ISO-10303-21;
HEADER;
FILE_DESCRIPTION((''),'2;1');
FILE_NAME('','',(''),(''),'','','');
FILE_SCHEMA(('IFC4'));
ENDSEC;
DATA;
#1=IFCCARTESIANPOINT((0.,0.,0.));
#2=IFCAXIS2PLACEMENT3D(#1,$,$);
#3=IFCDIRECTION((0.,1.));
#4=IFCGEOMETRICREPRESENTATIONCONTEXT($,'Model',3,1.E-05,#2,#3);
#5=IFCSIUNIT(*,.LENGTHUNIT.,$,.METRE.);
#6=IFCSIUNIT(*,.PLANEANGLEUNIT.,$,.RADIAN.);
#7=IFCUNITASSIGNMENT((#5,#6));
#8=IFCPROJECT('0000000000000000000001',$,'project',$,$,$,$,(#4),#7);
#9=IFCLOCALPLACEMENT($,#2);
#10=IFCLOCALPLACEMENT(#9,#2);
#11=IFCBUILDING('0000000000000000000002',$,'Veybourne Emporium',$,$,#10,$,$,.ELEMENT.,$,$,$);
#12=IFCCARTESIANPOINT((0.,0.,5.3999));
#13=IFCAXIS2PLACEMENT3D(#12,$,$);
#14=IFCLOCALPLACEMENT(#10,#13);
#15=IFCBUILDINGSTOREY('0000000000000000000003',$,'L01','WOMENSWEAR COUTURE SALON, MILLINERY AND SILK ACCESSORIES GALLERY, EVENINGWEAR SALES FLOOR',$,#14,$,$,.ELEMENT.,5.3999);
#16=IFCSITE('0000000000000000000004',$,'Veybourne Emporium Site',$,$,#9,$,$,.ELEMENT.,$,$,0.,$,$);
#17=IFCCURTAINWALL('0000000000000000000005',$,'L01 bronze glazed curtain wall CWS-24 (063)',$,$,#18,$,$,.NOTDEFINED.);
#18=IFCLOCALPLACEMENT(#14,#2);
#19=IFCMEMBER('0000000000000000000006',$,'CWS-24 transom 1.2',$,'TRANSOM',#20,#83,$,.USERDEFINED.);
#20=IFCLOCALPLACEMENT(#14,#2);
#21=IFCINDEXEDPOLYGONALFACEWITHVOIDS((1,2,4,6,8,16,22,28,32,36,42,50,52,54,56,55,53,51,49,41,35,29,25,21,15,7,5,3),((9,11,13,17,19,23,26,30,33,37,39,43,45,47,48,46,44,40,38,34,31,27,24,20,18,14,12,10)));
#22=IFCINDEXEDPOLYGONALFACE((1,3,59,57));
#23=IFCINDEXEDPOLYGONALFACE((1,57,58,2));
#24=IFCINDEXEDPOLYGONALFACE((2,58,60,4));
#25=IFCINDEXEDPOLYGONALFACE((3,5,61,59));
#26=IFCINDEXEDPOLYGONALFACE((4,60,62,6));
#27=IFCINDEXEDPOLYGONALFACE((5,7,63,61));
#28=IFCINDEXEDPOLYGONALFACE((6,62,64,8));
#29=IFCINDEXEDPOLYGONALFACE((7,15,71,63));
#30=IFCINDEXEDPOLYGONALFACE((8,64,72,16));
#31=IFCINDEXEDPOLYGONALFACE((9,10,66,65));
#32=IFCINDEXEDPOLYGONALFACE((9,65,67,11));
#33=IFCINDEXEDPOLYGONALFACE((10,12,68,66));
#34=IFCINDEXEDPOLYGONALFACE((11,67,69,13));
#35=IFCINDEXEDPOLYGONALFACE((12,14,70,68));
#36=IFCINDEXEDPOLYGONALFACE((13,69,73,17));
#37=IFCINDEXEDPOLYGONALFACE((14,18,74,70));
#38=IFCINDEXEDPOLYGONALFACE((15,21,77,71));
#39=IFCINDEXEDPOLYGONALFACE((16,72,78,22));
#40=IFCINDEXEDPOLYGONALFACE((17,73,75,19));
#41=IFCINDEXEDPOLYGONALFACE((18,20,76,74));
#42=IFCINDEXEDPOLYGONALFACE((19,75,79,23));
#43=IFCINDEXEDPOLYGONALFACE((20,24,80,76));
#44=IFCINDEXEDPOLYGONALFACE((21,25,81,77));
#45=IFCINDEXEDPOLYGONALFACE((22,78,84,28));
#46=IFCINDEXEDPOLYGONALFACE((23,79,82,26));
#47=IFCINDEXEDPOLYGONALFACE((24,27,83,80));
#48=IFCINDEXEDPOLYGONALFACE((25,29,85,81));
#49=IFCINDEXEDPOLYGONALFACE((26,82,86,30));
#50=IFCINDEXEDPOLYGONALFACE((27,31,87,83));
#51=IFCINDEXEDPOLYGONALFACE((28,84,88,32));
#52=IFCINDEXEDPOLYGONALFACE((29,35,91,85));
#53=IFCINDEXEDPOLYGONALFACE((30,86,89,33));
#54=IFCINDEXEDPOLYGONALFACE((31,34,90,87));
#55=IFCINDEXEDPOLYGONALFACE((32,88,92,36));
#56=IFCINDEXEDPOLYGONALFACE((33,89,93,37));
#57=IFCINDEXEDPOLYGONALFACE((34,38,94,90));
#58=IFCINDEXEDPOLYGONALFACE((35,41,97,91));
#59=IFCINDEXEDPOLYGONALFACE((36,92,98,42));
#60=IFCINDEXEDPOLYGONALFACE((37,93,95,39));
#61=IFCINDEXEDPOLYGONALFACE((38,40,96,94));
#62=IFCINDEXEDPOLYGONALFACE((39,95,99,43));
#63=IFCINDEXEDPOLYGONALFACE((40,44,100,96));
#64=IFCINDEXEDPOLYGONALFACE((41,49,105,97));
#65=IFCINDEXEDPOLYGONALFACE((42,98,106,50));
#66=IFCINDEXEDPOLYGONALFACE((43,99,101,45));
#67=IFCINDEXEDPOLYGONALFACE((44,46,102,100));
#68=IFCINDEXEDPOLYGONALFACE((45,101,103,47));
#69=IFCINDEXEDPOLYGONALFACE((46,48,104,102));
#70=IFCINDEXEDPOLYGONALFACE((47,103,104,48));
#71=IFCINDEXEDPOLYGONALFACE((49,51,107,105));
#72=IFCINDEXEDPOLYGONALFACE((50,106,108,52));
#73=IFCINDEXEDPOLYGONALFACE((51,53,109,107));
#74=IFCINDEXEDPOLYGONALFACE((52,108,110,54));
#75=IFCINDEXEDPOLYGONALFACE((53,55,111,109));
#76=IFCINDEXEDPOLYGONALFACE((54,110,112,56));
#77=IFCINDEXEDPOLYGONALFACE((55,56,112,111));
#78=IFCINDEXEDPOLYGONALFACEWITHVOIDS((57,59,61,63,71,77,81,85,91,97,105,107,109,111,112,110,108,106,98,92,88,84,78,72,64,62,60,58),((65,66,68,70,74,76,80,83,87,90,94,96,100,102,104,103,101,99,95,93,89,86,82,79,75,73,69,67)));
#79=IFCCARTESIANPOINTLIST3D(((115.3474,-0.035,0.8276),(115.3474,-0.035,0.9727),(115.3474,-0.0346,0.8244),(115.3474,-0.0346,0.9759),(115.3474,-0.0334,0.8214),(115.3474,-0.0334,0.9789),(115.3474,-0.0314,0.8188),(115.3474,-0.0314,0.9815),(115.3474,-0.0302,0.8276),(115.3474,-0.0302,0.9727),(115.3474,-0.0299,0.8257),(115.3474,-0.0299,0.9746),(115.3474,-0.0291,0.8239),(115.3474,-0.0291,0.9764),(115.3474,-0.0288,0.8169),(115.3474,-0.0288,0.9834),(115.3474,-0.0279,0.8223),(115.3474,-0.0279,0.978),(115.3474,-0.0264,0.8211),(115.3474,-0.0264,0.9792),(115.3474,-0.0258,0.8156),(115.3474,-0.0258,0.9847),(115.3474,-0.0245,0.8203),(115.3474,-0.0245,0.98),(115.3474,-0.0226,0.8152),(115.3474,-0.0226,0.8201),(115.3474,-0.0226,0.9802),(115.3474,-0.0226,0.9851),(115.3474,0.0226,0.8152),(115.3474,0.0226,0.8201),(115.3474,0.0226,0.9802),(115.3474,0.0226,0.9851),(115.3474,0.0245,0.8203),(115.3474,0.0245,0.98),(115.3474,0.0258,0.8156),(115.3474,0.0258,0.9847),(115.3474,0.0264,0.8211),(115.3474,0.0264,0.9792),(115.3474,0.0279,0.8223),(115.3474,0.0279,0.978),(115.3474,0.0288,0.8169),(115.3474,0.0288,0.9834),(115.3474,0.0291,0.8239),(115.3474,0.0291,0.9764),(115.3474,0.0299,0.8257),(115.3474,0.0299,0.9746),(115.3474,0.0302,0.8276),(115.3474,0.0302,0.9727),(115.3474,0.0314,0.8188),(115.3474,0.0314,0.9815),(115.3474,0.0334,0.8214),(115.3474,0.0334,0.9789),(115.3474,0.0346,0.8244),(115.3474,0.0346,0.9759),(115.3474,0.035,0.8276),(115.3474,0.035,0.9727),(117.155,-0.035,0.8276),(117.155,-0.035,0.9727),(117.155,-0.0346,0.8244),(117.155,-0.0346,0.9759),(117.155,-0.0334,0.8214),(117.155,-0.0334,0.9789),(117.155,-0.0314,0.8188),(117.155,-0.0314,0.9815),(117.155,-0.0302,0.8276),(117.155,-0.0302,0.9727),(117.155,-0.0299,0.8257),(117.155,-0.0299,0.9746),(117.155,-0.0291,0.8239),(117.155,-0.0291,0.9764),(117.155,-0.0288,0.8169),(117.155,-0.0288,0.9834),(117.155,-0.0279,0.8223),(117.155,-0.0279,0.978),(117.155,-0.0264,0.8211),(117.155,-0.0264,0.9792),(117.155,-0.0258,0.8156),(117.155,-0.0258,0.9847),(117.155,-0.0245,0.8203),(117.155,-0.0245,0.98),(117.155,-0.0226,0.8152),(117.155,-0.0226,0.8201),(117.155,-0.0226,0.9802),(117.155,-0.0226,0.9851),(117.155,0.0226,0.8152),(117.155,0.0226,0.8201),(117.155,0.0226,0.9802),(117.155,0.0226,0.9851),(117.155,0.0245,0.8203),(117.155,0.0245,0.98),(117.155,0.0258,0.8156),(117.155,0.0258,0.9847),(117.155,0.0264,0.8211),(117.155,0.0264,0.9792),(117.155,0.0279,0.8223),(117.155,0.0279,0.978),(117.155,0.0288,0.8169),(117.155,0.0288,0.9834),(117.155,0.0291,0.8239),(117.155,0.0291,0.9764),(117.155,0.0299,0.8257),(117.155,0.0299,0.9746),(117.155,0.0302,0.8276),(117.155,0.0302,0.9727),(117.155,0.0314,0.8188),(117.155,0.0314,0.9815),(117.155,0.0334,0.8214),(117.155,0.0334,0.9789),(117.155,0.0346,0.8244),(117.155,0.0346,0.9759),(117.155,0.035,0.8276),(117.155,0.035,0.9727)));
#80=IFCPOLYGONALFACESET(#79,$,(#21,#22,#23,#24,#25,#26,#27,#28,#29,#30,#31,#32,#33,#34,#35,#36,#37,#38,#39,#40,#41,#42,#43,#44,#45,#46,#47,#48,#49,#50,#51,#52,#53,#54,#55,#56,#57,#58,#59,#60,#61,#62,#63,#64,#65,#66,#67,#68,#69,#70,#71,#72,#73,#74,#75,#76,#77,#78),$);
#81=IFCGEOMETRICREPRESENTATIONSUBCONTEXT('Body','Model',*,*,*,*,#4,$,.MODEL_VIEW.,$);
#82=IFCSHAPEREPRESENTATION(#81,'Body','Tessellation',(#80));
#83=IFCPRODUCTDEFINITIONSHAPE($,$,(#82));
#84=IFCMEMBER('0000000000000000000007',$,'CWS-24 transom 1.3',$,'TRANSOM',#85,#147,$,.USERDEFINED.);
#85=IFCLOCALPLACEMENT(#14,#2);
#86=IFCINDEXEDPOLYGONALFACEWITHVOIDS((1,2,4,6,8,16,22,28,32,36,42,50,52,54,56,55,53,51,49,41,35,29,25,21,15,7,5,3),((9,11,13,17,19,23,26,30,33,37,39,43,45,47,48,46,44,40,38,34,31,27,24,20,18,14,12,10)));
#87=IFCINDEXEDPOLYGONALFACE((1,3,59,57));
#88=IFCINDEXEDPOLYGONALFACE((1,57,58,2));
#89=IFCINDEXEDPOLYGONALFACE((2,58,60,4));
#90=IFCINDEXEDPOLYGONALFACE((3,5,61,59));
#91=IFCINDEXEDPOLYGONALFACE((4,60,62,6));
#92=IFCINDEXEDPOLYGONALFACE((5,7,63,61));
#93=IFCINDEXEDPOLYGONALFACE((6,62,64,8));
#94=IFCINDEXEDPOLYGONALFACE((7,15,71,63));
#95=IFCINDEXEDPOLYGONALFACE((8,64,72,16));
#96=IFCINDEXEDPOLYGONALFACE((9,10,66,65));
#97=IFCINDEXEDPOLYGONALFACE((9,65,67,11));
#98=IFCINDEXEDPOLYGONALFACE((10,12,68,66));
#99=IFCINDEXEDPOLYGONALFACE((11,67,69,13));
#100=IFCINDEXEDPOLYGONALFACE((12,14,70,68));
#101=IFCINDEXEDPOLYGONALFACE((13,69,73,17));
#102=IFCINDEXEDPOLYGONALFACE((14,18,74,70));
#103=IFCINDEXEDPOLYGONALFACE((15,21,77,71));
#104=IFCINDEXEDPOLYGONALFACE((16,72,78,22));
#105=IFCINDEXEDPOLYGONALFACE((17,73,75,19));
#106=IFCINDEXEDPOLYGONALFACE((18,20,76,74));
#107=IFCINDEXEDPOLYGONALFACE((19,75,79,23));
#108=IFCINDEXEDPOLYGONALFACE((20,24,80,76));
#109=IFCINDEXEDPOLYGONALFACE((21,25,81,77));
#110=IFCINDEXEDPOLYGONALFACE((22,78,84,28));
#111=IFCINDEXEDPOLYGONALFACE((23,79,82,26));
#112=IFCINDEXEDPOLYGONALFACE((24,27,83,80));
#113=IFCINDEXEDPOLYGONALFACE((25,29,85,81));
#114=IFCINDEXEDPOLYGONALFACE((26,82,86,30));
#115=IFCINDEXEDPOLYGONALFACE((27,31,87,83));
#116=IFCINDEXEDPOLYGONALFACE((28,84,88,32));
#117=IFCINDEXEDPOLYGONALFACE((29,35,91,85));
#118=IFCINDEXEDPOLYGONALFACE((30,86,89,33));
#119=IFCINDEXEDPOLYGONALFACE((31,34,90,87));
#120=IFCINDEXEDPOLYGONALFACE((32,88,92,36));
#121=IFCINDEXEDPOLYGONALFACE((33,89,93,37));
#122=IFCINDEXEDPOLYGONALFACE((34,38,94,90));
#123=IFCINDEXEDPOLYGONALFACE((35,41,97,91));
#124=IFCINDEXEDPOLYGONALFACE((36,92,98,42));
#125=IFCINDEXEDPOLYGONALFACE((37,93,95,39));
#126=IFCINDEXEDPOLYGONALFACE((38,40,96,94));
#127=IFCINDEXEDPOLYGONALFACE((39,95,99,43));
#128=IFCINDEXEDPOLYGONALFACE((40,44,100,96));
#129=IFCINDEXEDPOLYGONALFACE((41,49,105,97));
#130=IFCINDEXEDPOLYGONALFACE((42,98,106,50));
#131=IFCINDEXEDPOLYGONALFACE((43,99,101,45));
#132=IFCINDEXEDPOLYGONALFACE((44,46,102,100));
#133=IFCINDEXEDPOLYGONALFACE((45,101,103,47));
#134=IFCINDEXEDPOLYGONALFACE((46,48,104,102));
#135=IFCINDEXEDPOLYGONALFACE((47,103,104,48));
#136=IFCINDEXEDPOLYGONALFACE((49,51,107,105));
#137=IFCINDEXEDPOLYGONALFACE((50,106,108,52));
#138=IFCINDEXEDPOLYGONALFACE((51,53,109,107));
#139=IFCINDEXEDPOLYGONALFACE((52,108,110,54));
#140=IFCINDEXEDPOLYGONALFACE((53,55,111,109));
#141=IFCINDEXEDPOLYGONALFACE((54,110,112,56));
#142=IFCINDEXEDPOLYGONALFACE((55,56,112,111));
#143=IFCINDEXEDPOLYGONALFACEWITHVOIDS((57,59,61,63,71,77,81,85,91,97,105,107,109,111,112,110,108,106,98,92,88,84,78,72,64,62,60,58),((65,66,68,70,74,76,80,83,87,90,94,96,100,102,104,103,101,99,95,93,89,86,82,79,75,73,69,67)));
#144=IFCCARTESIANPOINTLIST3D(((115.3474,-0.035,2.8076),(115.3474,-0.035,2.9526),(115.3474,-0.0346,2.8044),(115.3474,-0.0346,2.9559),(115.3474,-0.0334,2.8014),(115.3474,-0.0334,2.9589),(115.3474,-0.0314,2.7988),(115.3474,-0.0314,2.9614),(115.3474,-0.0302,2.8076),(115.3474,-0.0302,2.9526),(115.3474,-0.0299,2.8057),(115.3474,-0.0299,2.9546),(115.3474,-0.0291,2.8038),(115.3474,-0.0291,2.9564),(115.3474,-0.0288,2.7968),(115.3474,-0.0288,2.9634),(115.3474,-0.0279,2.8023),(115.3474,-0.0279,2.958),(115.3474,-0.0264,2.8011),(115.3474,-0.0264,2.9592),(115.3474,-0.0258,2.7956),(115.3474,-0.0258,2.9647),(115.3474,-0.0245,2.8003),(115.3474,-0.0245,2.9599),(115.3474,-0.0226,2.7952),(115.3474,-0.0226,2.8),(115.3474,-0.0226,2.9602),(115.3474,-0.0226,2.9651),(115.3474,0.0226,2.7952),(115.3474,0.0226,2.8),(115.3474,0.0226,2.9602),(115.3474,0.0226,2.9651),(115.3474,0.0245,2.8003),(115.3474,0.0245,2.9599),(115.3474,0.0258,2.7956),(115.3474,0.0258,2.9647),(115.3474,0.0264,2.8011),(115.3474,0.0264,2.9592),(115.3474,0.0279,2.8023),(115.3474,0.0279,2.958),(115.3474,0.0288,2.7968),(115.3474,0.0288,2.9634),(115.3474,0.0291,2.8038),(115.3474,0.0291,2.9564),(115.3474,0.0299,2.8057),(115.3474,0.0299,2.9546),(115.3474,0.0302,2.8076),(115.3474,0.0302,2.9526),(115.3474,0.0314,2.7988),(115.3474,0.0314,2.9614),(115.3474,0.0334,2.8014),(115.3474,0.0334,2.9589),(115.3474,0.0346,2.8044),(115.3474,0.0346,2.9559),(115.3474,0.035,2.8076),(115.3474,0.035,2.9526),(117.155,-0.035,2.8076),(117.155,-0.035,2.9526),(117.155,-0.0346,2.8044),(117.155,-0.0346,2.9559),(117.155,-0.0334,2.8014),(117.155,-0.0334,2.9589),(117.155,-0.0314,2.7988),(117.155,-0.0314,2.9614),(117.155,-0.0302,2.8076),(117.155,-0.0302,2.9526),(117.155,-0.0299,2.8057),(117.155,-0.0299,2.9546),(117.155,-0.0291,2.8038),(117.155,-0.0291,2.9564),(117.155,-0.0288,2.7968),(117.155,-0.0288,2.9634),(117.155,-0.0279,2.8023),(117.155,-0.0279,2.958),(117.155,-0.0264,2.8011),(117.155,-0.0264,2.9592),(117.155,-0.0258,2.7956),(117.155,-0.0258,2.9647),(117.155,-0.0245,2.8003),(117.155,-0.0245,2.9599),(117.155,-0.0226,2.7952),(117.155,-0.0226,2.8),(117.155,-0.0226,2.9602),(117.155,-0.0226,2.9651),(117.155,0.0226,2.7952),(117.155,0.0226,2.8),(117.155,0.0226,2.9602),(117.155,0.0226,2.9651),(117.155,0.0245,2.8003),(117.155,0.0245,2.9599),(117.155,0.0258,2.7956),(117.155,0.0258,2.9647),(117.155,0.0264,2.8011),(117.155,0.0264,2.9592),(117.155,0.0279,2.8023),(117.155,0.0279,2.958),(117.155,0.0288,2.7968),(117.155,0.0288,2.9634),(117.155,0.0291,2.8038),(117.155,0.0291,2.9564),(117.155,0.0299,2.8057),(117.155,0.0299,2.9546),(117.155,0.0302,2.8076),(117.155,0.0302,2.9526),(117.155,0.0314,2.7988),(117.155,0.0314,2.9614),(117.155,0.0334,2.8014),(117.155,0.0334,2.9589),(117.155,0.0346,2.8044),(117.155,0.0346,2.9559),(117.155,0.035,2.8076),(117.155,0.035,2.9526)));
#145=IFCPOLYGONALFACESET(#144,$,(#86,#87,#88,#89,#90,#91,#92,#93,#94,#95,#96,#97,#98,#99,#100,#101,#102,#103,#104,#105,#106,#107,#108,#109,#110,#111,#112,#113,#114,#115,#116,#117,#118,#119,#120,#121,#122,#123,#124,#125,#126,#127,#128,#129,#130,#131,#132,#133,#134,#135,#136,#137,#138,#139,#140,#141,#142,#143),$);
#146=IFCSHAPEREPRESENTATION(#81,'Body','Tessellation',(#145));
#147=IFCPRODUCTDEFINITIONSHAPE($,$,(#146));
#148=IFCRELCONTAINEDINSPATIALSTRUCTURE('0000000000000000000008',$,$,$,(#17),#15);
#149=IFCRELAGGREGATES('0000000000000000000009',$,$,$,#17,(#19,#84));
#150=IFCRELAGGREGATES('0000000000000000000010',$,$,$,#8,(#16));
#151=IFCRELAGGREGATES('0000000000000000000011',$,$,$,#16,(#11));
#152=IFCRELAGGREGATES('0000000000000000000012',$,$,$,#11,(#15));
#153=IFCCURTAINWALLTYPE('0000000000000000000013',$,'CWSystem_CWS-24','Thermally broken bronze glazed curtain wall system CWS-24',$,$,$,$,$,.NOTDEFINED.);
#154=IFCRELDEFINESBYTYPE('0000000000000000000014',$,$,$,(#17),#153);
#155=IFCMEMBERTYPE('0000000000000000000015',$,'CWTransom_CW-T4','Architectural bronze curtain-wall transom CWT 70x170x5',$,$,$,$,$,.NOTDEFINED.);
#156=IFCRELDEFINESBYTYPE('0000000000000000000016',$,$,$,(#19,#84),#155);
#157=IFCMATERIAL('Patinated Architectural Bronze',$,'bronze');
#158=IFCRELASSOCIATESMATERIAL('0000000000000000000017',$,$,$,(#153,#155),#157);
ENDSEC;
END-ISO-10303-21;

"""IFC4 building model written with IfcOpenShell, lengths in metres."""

from ifc_helpers import new_model, si_unit, direction, frame, origin, origin_2d, place, context, subcontext, project, spatial, hollow_rectangle, extrude, material, material_profile, profile_set, type_object, element, aggregate, save


model = new_model("IFC4")

# Units and contexts
model_context = context("Model", 3, precision=1e-05, world=origin(), true_north=direction((0.0, 1.0)))
body_context = subcontext(model_context, "Body", "Model", "MODEL_VIEW")
ifc_project = project(units=[si_unit("LENGTHUNIT", "METRE"), si_unit("PLANEANGLEUNIT", "RADIAN")], contexts=[model_context])

# Site, building, storey
site_placement = place(None, origin())
site = spatial("IfcSite", under=ifc_project, at=site_placement, Name="Veybourne Emporium Site", CompositionType="ELEMENT", RefElevation=0.0)
building_placement = place(site_placement, origin())
building = spatial("IfcBuilding", under=site, at=building_placement, Name="Veybourne Emporium", CompositionType="ELEMENT")
storey_placement = place(building_placement, frame((0.0, 0.0, 5.3999)))
storey = spatial("IfcBuildingStorey", under=building, at=storey_placement, Name="L01", Description="WOMENSWEAR COUTURE SALON, MILLINERY AND SILK ACCESSORIES GALLERY, EVENINGWEAR SALES FLOOR", CompositionType="ELEMENT", Elevation=5.3999)

# Curtain wall, members
ifc_material_1 = material(Name="Patinated Architectural Bronze", Category="bronze")
curtain_wall_type = type_object("IfcCurtainWallType", Name="CWSystem_CWS-24", Description="Thermally broken bronze glazed curtain wall system CWS-24", PredefinedType="NOTDEFINED", material=ifc_material_1)
curtain_wall_placement = place(storey_placement, origin())
curtain_wall = element("IfcCurtainWall", 1, at=curtain_wall_placement, inside=storey, type_object=curtain_wall_type, Name="L01 bronze glazed curtain wall CWS-24 (063)", PredefinedType="NOTDEFINED")
ifc_material_profile_1 = material_profile(ifc_material_1, hollow_rectangle(XDim=0.0701, YDim=0.1699, WallThickness=0.0049, InnerFilletRadius=0.0076, OuterFilletRadius=0.0125, at=origin_2d()), Name="CWT 70x170x5")
ifc_profile_set_1 = profile_set([ifc_material_profile_1], Name="Patinated Architectural Bronze")
member_type_1 = type_object("IfcMemberType", Name="CWTransom_CW-T4", Description="Architectural bronze curtain-wall transom CWT 70x170x5", PredefinedType="NOTDEFINED", material=ifc_profile_set_1)
member_1_placement = place(storey_placement, frame((117.155, 0.0, 0.9001), z_axis=(-1.0, 0.0, 0.0), x_axis=(0.0, -1.0, 0.0)))
member_1 = element("IfcMember", 2, at=member_1_placement, type_object=member_type_1, Name="CWS-24 transom 1.2", ObjectType="TRANSOM", PredefinedType="USERDEFINED", context=body_context, shape_type="SweptSolid", body=[
    extrude(hollow_rectangle(XDim=0.0701, YDim=0.1699, WallThickness=0.0049, InnerFilletRadius=0.0076, OuterFilletRadius=0.0125, at=origin_2d()), origin(), (0.0, 0.0, 1.0), 1.8076),
])
member_2_placement = place(storey_placement, frame((117.155, 0.0, 2.8801), z_axis=(-1.0, 0.0, 0.0), x_axis=(0.0, -1.0, 0.0)))
member_2 = element("IfcMember", 3, at=member_2_placement, type_object=member_type_1, Name="CWS-24 transom 1.3", ObjectType="TRANSOM", PredefinedType="USERDEFINED", context=body_context, shape_type="SweptSolid", body=[
    extrude(hollow_rectangle(XDim=0.0701, YDim=0.1699, WallThickness=0.0049, InnerFilletRadius=0.0076, OuterFilletRadius=0.0125, at=origin_2d()), origin(), (0.0, 0.0, 1.0), 1.8076),
])

aggregate(curtain_wall, [member_1, member_2])

save(model, "model.ifc")
